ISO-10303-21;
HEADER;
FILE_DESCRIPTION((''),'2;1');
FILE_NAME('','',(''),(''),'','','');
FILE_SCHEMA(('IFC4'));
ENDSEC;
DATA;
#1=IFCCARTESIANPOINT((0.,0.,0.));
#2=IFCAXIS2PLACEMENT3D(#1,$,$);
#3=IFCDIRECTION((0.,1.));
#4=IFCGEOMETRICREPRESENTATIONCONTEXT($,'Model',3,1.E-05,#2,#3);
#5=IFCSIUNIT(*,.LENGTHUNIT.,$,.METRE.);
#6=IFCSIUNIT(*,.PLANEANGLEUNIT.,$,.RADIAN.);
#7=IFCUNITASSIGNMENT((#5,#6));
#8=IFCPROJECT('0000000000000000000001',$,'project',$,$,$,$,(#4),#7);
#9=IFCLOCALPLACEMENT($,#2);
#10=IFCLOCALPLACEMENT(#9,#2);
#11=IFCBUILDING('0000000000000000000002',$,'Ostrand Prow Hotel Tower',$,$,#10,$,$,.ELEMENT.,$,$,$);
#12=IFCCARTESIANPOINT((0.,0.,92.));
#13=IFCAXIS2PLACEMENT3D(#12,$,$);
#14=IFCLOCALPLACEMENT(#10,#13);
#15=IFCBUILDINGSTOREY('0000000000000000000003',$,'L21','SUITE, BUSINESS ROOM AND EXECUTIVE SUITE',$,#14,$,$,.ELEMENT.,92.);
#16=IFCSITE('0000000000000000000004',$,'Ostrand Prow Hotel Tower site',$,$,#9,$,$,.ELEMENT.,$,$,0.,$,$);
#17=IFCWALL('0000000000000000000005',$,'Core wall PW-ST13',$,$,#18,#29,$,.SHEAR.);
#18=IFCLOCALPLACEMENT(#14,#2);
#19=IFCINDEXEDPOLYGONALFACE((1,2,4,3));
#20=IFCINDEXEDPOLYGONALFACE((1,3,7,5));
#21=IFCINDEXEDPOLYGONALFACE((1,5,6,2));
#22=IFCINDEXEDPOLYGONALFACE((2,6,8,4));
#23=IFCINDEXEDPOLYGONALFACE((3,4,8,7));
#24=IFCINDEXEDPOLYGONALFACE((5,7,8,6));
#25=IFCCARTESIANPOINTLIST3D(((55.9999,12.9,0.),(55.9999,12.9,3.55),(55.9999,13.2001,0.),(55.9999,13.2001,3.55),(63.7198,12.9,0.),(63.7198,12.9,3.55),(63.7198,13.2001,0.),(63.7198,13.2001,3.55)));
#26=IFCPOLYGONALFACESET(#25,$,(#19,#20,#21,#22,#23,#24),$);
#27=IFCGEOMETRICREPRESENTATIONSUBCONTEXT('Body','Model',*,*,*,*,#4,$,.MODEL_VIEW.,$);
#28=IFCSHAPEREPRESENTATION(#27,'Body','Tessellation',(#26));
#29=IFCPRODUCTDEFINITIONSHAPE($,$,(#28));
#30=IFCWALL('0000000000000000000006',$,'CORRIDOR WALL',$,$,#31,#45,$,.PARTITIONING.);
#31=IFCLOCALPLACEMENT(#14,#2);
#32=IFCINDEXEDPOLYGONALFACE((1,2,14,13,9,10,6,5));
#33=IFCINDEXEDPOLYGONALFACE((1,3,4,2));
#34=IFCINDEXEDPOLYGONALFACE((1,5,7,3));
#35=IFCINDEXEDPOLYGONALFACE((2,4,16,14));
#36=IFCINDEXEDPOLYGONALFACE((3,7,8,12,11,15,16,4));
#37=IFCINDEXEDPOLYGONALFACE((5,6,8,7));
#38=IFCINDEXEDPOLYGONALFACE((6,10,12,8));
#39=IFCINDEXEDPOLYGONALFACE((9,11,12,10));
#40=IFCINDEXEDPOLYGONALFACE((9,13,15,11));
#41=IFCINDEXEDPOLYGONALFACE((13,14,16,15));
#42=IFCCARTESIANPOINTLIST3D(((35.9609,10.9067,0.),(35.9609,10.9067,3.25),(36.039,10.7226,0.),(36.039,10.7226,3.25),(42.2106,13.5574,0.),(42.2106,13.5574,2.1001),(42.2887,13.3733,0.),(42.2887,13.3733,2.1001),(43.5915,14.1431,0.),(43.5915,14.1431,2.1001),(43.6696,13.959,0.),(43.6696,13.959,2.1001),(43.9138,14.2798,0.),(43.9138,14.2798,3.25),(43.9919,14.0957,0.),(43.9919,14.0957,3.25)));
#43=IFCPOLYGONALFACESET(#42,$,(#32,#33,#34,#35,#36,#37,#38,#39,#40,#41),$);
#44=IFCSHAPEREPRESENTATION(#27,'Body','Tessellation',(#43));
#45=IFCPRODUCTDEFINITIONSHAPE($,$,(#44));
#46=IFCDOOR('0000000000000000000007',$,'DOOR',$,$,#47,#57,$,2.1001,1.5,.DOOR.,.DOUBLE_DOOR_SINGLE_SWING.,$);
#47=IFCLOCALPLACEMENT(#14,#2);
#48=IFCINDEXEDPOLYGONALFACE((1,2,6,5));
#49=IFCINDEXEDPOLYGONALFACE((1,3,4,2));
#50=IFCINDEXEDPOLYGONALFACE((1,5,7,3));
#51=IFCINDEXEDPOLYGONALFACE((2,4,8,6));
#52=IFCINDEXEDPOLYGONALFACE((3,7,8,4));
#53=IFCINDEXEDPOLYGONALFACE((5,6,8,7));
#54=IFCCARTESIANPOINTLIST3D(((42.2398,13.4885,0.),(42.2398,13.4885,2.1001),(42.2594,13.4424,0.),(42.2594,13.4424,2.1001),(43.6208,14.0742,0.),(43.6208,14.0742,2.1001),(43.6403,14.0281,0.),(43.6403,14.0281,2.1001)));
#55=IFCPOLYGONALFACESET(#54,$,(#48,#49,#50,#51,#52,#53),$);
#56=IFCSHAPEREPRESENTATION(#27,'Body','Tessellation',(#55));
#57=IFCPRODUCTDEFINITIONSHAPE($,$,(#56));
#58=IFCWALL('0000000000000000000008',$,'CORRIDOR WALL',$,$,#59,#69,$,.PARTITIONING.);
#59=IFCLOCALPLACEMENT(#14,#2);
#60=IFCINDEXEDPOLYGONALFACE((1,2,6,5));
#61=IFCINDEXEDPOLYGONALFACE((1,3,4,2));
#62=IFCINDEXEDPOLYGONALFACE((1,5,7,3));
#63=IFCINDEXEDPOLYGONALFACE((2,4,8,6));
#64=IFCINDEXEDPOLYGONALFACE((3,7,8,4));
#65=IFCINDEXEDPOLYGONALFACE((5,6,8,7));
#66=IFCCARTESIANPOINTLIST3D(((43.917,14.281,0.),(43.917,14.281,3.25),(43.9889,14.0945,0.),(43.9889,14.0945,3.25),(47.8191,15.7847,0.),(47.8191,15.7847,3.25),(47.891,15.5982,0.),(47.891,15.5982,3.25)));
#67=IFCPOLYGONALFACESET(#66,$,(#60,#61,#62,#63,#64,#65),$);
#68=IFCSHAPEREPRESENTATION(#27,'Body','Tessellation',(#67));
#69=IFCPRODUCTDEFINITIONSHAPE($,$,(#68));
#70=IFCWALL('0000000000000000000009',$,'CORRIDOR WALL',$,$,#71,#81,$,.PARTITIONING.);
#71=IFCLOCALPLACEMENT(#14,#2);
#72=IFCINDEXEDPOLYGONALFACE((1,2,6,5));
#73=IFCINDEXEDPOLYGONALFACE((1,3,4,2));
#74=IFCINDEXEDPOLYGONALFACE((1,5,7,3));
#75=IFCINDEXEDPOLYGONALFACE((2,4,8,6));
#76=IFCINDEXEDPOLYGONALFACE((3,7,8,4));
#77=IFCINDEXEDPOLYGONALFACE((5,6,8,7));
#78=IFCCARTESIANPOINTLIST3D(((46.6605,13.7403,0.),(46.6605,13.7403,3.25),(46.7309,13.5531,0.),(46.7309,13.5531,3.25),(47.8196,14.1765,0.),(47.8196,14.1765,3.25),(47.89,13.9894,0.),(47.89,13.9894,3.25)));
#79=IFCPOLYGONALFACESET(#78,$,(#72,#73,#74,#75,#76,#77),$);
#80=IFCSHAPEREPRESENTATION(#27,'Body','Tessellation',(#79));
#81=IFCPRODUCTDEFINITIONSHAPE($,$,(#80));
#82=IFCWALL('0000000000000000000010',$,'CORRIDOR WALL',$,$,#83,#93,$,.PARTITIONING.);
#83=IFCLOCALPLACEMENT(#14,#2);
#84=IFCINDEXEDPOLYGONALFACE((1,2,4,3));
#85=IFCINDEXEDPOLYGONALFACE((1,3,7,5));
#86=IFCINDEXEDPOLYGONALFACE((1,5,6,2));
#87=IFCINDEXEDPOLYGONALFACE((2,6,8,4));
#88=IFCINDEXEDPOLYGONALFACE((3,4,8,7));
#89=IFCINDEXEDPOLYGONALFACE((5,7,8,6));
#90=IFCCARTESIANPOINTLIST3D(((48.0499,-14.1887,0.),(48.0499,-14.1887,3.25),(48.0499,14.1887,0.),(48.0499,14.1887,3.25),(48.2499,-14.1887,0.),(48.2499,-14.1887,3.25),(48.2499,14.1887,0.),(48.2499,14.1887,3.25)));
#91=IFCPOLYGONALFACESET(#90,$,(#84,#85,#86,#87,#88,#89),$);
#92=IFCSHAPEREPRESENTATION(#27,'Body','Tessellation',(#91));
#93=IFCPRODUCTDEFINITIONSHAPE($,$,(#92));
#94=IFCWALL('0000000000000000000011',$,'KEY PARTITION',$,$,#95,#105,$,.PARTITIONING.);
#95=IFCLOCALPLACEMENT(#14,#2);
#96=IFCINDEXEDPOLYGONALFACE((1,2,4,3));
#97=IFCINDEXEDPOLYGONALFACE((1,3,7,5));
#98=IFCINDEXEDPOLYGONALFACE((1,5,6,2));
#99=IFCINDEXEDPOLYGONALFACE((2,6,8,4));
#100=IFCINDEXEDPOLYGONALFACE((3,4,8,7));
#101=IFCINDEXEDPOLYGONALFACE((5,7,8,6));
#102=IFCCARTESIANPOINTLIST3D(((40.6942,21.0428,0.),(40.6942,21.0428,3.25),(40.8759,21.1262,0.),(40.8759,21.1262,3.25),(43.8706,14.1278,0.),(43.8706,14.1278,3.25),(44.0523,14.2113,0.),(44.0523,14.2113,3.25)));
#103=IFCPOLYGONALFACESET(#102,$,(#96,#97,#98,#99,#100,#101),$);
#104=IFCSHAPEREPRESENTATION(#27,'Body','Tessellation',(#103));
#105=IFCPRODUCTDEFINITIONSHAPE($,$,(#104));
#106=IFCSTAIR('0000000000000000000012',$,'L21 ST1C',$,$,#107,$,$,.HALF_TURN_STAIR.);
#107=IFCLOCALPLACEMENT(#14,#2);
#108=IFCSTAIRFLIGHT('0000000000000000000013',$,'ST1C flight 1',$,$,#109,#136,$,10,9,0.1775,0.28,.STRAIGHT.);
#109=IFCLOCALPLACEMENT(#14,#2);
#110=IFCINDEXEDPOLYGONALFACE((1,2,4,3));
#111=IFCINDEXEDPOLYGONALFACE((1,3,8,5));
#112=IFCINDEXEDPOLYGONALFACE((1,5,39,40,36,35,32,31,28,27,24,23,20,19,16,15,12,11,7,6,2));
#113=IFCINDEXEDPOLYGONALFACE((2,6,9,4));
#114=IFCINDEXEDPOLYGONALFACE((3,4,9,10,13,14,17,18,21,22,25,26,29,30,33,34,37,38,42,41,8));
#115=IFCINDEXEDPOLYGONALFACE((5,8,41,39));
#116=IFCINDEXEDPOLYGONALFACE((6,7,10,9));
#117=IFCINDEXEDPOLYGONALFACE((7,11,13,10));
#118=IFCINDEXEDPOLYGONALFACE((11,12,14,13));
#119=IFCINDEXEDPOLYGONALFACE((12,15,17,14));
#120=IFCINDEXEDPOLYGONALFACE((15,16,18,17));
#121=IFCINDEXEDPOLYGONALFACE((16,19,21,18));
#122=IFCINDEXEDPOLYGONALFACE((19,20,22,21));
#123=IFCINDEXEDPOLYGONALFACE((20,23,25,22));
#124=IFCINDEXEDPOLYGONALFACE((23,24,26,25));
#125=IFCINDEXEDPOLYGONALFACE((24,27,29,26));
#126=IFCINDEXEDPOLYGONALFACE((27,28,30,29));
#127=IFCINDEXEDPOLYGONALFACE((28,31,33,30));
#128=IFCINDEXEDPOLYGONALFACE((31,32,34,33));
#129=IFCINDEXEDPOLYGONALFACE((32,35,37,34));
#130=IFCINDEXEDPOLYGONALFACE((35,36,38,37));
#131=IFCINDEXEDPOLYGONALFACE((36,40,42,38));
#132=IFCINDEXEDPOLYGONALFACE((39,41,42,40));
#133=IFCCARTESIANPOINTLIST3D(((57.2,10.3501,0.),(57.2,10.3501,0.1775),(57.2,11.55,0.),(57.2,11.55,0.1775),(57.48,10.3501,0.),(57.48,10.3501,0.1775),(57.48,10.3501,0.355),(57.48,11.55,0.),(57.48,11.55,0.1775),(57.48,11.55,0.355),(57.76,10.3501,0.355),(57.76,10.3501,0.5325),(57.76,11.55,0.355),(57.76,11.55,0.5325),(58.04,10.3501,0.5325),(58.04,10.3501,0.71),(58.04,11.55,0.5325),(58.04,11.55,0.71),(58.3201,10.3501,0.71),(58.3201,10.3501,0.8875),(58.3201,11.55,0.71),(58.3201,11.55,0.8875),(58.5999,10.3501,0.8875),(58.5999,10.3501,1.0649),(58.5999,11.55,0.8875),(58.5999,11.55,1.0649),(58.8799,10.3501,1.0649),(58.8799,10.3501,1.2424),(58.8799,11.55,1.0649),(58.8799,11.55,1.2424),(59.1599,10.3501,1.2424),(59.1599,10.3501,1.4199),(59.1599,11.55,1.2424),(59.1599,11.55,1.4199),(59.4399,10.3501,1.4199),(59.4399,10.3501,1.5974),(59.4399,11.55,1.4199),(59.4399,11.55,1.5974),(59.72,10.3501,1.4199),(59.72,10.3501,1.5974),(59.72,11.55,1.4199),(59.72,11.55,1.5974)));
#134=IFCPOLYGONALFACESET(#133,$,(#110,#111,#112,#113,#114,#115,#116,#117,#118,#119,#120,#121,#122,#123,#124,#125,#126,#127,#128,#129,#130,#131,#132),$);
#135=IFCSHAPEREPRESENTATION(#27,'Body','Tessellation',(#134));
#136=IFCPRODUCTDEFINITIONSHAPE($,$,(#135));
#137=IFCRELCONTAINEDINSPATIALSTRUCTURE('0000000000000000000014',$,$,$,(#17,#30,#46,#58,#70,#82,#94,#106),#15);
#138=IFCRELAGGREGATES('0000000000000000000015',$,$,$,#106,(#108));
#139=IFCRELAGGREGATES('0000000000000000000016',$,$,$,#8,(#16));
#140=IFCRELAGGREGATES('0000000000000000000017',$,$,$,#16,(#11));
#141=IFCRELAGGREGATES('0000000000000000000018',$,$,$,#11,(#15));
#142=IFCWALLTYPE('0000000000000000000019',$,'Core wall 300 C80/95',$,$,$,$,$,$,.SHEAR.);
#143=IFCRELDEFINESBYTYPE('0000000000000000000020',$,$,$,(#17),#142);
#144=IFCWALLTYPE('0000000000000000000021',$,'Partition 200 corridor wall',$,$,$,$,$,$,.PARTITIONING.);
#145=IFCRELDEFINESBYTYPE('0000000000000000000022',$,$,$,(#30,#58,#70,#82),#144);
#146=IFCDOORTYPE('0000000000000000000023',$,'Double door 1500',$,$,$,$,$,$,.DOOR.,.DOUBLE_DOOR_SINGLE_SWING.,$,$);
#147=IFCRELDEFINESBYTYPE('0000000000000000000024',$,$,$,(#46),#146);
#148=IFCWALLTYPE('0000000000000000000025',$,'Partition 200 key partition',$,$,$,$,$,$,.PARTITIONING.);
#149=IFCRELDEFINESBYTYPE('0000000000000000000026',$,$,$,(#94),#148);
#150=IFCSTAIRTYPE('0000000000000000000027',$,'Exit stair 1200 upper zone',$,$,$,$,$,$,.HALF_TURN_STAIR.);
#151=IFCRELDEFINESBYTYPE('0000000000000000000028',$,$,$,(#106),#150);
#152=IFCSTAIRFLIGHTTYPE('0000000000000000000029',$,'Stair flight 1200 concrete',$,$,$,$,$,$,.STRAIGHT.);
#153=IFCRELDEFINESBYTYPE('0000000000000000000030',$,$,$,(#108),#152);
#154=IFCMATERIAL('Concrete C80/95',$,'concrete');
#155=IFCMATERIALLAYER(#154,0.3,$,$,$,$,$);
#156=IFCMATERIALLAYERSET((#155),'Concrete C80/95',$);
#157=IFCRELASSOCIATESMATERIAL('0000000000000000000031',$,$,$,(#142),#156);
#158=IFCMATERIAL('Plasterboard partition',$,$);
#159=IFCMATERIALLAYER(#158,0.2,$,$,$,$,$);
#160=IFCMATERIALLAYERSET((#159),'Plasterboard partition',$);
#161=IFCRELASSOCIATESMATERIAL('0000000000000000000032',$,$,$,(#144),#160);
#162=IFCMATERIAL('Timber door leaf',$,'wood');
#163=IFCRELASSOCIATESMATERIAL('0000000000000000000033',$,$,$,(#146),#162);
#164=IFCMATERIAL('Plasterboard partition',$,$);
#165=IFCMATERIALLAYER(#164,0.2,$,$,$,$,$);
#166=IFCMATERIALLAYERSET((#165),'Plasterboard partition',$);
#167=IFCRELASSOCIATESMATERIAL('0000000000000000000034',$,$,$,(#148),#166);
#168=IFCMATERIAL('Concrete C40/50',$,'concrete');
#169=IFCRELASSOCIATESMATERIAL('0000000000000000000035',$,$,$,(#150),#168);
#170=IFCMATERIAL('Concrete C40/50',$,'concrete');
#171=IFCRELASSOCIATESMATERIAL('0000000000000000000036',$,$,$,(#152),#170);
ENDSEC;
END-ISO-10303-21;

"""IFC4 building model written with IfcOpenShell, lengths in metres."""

from ifc_helpers import new_model, si_unit, direction, frame, frame_2d, origin, place, context, subcontext, project, spatial, polyline, rectangle, outline, extrude, material, layer, layer_set, type_object, element, fill, aggregate, save


model = new_model("IFC4")

# Units and contexts
model_context = context("Model", 3, precision=1e-05, world=origin(), true_north=direction((0.0, 1.0)))
body_context = subcontext(model_context, "Body", "Model", "MODEL_VIEW")
ifc_project = project(units=[si_unit("LENGTHUNIT", "METRE"), si_unit("PLANEANGLEUNIT", "RADIAN")], contexts=[model_context])

# Site, building, storey
site_placement = place(None, origin())
site = spatial("IfcSite", under=ifc_project, at=site_placement, Name="Ostrand Prow Hotel Tower site", CompositionType="ELEMENT", RefElevation=0.0)
building_placement = place(site_placement, origin())
building = spatial("IfcBuilding", under=site, at=building_placement, Name="Ostrand Prow Hotel Tower", CompositionType="ELEMENT")
storey_placement = place(building_placement, frame((0.0, 0.0, 92.0)))
storey = spatial("IfcBuildingStorey", under=building, at=storey_placement, Name="L21", Description="SUITE, BUSINESS ROOM AND EXECUTIVE SUITE", CompositionType="ELEMENT", Elevation=92.0)

# Wall
ifc_material_1 = material(Name="Concrete C80/95", Category="concrete")
ifc_layer_1 = layer(ifc_material_1, 0.3)
ifc_layer_set_1 = layer_set([ifc_layer_1], Name="Concrete C80/95")
wall_type_1 = type_object("IfcWallType", Name="Core wall 300 C80/95", PredefinedType="SHEAR", material=ifc_layer_set_1)
wall_1_placement = place(storey_placement, frame((56.0, 13.05, 0.0), z_axis=(0.0, 0.0, 1.0), x_axis=(1.0, 0.0, 0.0)))
element("IfcWall", 1, at=wall_1_placement, inside=storey, type_object=wall_type_1, Name="Core wall PW-ST13", PredefinedType="SHEAR", context=body_context, shape_type="SweptSolid", body=[
    extrude(rectangle(XDim=7.72, YDim=0.3, at=frame_2d((3.8599, 0.0))), origin(), (0.0, 0.0, 1.0), 3.55),
])

# Wall, opening, door
ifc_material_2 = material(Name="Plasterboard partition")
ifc_layer_2 = layer(ifc_material_2, 0.2)
ifc_layer_set_2 = layer_set([ifc_layer_2], Name="Plasterboard partition")
wall_type_2 = type_object("IfcWallType", Name="Partition 200 corridor wall", PredefinedType="PARTITIONING", material=ifc_layer_set_2)
wall_2_placement = place(storey_placement, frame((43.9529, 14.1877, 0.0), z_axis=(0.0, 0.0, 1.0), x_axis=(-0.920619, -0.390461, 0.0)))
wall_2 = element("IfcWall", 2, at=wall_2_placement, inside=storey, type_object=wall_type_2, Name="CORRIDOR WALL", PredefinedType="PARTITIONING", context=body_context, shape_type="SweptSolid", body=[
    extrude(rectangle(XDim=8.6387, YDim=0.2, at=frame_2d((4.3193, 0.0))), origin(), (0.0, 0.0, 1.0), 3.25),
])
opening_placement = place(wall_2_placement, frame((0.3501, 0.0, 0.0)))
opening = element("IfcOpeningElement", 3, at=opening_placement, cuts=wall_2, PredefinedType="OPENING", context=body_context, shape_type="SweptSolid", body=[
    extrude(rectangle(XDim=1.5, YDim=2.1001, at=frame_2d((0.75, 1.05))), frame((0.0, 0.1099, 0.0), z_axis=(0.0, -1.0, 0.0), x_axis=(1.0, 0.0, 0.0)), (0.0, 0.0, 1.0), 0.22),
])
ifc_material_3 = material(Name="Timber door leaf", Category="wood")
door_type = type_object("IfcDoorType", Name="Double door 1500", OperationType="DOUBLE_DOOR_SINGLE_SWING", PredefinedType="DOOR", material=ifc_material_3)
door_placement = place(opening_placement, origin())
door = element("IfcDoor", 4, at=door_placement, inside=storey, type_object=door_type, Name="DOOR", OperationType="DOUBLE_DOOR_SINGLE_SWING", OverallHeight=2.1001, OverallWidth=1.5, PredefinedType="DOOR", context=body_context, shape_type="SweptSolid", body=[
    extrude(rectangle(XDim=1.5, YDim=2.1001, at=frame_2d((0.75, 1.05))), frame((0.0, 0.0249, 0.0), z_axis=(0.0, -1.0, 0.0), x_axis=(1.0, 0.0, 0.0)), (0.0, 0.0, 1.0), 0.05),
])
fill(opening, door)

# Walls
wall_3_placement = place(storey_placement, frame((47.855, 15.6914, 0.0), z_axis=(0.0, 0.0, 1.0), x_axis=(-0.933117, -0.359574, 0.0)))
element("IfcWall", 5, at=wall_3_placement, inside=storey, type_object=wall_type_2, Name="CORRIDOR WALL", PredefinedType="PARTITIONING", context=body_context, shape_type="SweptSolid", body=[
    extrude(rectangle(XDim=4.1819, YDim=0.2, at=frame_2d((2.0908, 0.0))), origin(), (0.0, 0.0, 1.0), 3.25),
])
wall_4_placement = place(storey_placement, frame((46.6958, 13.6467, 0.0), z_axis=(0.0, 0.0, 1.0), x_axis=(0.935907, 0.352246, 0.0)))
element("IfcWall", 6, at=wall_4_placement, inside=storey, type_object=wall_type_2, Name="CORRIDOR WALL", PredefinedType="PARTITIONING", context=body_context, shape_type="SweptSolid", body=[
    extrude(rectangle(XDim=1.2385, YDim=0.2, at=frame_2d((0.6191, 0.0))), origin(), (0.0, 0.0, 1.0), 3.25),
])
wall_5_placement = place(storey_placement, frame((48.1499, 14.1887, 0.0), z_axis=(0.0, 0.0, 1.0), x_axis=(0.0, -1.0, 0.0)))
element("IfcWall", 7, at=wall_5_placement, inside=storey, type_object=wall_type_2, Name="CORRIDOR WALL", PredefinedType="PARTITIONING", context=body_context, shape_type="SweptSolid", body=[
    extrude(rectangle(XDim=28.3774, YDim=0.2, at=frame_2d((14.1887, 0.0))), origin(), (0.0, 0.0, 1.0), 3.25),
])
ifc_material_4 = material(Name="Plasterboard partition")
ifc_layer_3 = layer(ifc_material_4, 0.2)
ifc_layer_set_3 = layer_set([ifc_layer_3], Name="Plasterboard partition")
wall_type_3 = type_object("IfcWallType", Name="Partition 200 key partition", PredefinedType="PARTITIONING", material=ifc_layer_set_3)
wall_6_placement = place(storey_placement, frame((43.9614, 14.1697, 0.0), z_axis=(0.0, 0.0, 1.0), x_axis=(-0.417428, 0.90871, 0.0)))
element("IfcWall", 8, at=wall_6_placement, inside=storey, type_object=wall_type_3, Name="KEY PARTITION", PredefinedType="PARTITIONING", context=body_context, shape_type="SweptSolid", body=[
    extrude(rectangle(XDim=7.6096, YDim=0.2, at=frame_2d((3.8047, 0.0))), origin(), (0.0, 0.0, 1.0), 3.25),
])

# Stair, stair flight
ifc_material_5 = material(Name="Concrete C40/50", Category="concrete")
stair_type = type_object("IfcStairType", Name="Exit stair 1200 upper zone", PredefinedType="HALF_TURN_STAIR", material=ifc_material_5)
stair_placement = place(storey_placement, origin())
stair = element("IfcStair", 9, at=stair_placement, inside=storey, type_object=stair_type, Name="L21 ST1C", PredefinedType="HALF_TURN_STAIR")
ifc_material_6 = material(Name="Concrete C40/50", Category="concrete")
stair_flight_type = type_object("IfcStairFlightType", Name="Stair flight 1200 concrete", PredefinedType="STRAIGHT", material=ifc_material_6)
stair_flight_placement = place(storey_placement, frame((57.2, 10.95, 0.0), z_axis=(0.0, 0.0, 1.0), x_axis=(1.0, 0.0, 0.0)))
stair_flight = element("IfcStairFlight", 10, at=stair_flight_placement, type_object=stair_flight_type, Name="ST1C flight 1", NumberOfRisers=10, NumberOfTreads=9, PredefinedType="STRAIGHT", RiserHeight=0.1775, TreadLength=0.28, context=body_context, shape_type="SweptSolid", body=[
    extrude(outline(polyline([(0.0, 0.0), (0.0, 0.1775), (0.28, 0.1775), (0.28, 0.355), (0.5601, 0.355), (0.5601, 0.5325), (0.8401, 0.5325), (0.8401, 0.71), (1.1201, 0.71), (1.1201, 0.8875), (1.3999, 0.8875), (1.3999, 1.0649), (1.6799, 1.0649), (1.6799, 1.2424), (1.96, 1.2424), (1.96, 1.4199), (2.24, 1.4199), (2.24, 1.5974), (2.52, 1.5974), (2.52, 1.7749), (2.52, 1.4199), (0.28, 0.0), (0.0, 0.0)])), frame((0.0, 0.6001, 0.0), z_axis=(0.0, -1.0, 0.0), x_axis=(1.0, 0.0, 0.0)), (0.0, 0.0, 1.0), 1.2),
])
aggregate(stair, [stair_flight])

save(model, "model.ifc")
